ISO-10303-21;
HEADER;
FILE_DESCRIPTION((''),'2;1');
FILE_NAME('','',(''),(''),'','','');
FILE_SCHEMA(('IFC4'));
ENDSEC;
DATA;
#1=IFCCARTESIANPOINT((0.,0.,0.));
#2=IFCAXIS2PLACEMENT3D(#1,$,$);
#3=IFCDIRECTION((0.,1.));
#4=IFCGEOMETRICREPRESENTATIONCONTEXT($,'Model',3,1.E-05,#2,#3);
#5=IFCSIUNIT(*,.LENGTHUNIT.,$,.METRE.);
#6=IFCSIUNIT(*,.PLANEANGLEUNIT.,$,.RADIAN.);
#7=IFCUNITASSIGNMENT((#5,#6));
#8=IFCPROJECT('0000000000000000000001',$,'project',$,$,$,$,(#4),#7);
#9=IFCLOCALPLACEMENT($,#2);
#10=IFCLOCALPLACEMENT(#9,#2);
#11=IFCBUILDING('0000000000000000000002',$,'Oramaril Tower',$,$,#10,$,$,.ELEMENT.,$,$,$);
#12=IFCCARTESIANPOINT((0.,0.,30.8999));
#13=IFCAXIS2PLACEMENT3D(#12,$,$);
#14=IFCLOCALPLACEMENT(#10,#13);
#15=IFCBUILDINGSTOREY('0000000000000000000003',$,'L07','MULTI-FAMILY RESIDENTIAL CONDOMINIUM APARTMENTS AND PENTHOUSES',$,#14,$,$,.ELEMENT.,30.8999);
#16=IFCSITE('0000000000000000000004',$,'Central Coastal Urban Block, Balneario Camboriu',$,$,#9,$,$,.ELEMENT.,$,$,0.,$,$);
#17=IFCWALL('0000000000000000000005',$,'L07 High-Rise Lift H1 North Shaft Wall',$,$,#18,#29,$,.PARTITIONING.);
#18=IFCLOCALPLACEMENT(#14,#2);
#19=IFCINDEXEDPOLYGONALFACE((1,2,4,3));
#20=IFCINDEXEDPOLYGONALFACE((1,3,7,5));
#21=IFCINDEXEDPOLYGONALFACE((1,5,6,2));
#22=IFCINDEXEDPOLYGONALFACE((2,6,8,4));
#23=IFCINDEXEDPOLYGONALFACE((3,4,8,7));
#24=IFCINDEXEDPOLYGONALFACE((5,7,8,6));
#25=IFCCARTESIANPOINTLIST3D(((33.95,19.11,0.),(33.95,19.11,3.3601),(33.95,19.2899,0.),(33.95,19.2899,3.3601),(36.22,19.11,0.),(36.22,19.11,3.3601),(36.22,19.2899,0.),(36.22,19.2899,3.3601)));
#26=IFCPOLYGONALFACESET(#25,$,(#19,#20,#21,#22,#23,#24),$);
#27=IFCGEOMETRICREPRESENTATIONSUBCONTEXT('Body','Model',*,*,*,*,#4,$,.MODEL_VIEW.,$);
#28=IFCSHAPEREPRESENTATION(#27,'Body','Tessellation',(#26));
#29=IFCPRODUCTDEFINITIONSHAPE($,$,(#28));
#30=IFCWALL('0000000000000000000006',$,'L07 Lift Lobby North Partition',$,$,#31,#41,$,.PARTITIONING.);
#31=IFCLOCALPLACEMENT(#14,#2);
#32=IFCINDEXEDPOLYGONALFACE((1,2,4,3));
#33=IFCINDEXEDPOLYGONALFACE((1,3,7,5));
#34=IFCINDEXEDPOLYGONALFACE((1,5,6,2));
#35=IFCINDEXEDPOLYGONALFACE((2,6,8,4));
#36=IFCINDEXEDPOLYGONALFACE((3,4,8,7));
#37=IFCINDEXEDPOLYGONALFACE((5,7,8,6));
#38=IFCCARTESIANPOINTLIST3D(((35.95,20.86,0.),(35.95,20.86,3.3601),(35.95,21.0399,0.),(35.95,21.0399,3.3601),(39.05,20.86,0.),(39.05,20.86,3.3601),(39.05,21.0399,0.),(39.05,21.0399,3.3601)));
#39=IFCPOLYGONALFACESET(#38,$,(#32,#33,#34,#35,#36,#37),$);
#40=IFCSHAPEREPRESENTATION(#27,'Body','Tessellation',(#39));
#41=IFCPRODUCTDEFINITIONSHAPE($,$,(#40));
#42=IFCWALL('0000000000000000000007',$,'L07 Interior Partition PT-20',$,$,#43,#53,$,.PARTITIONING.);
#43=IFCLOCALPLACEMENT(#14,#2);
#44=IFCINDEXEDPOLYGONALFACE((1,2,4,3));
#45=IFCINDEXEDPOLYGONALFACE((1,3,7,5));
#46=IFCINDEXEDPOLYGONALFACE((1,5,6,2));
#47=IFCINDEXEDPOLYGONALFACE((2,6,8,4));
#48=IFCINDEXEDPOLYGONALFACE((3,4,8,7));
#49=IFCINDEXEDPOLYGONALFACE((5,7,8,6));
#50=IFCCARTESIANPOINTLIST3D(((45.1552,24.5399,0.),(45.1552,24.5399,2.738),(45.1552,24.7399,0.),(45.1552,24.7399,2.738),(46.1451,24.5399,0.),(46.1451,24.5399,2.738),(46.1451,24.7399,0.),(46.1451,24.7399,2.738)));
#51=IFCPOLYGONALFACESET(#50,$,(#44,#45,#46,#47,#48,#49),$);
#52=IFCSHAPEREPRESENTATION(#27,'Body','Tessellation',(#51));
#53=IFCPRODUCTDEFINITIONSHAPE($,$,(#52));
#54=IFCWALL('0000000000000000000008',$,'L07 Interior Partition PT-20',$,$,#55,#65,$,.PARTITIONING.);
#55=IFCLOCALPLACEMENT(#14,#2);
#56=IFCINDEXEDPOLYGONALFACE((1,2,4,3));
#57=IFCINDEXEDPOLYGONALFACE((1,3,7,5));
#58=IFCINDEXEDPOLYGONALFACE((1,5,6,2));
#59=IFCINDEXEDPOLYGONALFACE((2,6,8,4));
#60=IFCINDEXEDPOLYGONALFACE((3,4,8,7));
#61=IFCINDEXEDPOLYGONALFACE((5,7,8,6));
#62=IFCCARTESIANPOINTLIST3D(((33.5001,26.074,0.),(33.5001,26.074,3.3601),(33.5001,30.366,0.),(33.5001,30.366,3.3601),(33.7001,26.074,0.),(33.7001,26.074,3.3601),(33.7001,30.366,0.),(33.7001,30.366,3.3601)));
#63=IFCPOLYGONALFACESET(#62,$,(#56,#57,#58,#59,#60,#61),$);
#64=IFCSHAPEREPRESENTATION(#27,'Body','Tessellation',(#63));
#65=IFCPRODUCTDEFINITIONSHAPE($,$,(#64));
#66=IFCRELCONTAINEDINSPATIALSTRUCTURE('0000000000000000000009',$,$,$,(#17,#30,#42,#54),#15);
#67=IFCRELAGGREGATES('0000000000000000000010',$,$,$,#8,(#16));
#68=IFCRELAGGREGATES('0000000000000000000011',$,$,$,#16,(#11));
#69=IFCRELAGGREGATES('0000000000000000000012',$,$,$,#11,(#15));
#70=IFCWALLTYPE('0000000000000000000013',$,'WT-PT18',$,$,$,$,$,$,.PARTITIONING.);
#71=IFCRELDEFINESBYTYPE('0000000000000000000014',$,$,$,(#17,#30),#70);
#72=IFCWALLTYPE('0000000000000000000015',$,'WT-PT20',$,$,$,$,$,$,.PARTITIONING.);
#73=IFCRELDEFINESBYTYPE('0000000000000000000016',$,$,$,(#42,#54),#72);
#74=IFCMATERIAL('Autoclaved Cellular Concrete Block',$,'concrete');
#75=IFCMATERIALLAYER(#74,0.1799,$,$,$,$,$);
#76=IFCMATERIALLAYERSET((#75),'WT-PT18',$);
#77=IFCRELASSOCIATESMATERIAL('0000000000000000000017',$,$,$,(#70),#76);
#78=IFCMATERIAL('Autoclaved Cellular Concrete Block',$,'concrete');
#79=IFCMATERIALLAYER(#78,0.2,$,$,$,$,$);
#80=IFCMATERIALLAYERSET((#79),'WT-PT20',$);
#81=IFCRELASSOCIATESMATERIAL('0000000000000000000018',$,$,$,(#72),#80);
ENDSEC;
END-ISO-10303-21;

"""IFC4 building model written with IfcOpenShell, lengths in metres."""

from ifc_helpers import new_model, si_unit, direction, frame, frame_2d, origin, place, context, subcontext, project, spatial, rectangle, extrude, material, layer, layer_set, type_object, element, save


model = new_model("IFC4")

# Units and contexts
model_context = context("Model", 3, precision=1e-05, world=origin(), true_north=direction((0.0, 1.0)))
body_context = subcontext(model_context, "Body", "Model", "MODEL_VIEW")
ifc_project = project(units=[si_unit("LENGTHUNIT", "METRE"), si_unit("PLANEANGLEUNIT", "RADIAN")], contexts=[model_context])

# Site, building, storey
site_placement = place(None, origin())
site = spatial("IfcSite", under=ifc_project, at=site_placement, Name="Central Coastal Urban Block, Balneario Camboriu", CompositionType="ELEMENT", RefElevation=0.0)
building_placement = place(site_placement, origin())
building = spatial("IfcBuilding", under=site, at=building_placement, Name="Oramaril Tower", CompositionType="ELEMENT")
storey_placement = place(building_placement, frame((0.0, 0.0, 30.8999)))
storey = spatial("IfcBuildingStorey", under=building, at=storey_placement, Name="L07", Description="MULTI-FAMILY RESIDENTIAL CONDOMINIUM APARTMENTS AND PENTHOUSES", CompositionType="ELEMENT", Elevation=30.8999)

# Walls
ifc_material_1 = material(Name="Autoclaved Cellular Concrete Block", Category="concrete")
ifc_layer_1 = layer(ifc_material_1, 0.1799)
ifc_layer_set_1 = layer_set([ifc_layer_1], Name="WT-PT18")
wall_type_1 = type_object("IfcWallType", Name="WT-PT18", PredefinedType="PARTITIONING", material=ifc_layer_set_1)
wall_1_placement = place(storey_placement, frame((33.95, 19.2, 0.0), z_axis=(0.0, 0.0, 1.0), x_axis=(1.0, 0.0, 0.0)))
element("IfcWall", 1, at=wall_1_placement, inside=storey, type_object=wall_type_1, Name="L07 High-Rise Lift H1 North Shaft Wall", PredefinedType="PARTITIONING", context=body_context, shape_type="SweptSolid", body=[
    extrude(rectangle(XDim=2.27, YDim=0.1799, at=frame_2d((1.135, 0.0))), origin(), (0.0, 0.0, 1.0), 3.3601),
])
wall_2_placement = place(storey_placement, frame((35.95, 20.95, 0.0), z_axis=(0.0, 0.0, 1.0), x_axis=(1.0, 0.0, 0.0)))
element("IfcWall", 2, at=wall_2_placement, inside=storey, type_object=wall_type_1, Name="L07 Lift Lobby North Partition", PredefinedType="PARTITIONING", context=body_context, shape_type="SweptSolid", body=[
    extrude(rectangle(XDim=3.1001, YDim=0.1799, at=frame_2d((1.55, 0.0))), origin(), (0.0, 0.0, 1.0), 3.3601),
])
ifc_material_2 = material(Name="Autoclaved Cellular Concrete Block", Category="concrete")
ifc_layer_2 = layer(ifc_material_2, 0.2)
ifc_layer_set_2 = layer_set([ifc_layer_2], Name="WT-PT20")
wall_type_2 = type_object("IfcWallType", Name="WT-PT20", PredefinedType="PARTITIONING", material=ifc_layer_set_2)
wall_3_placement = place(storey_placement, frame((45.155, 24.6399, 0.0), z_axis=(0.0, 0.0, 1.0), x_axis=(1.0, 0.0, 0.0)))
element("IfcWall", 3, at=wall_3_placement, inside=storey, type_object=wall_type_2, Name="L07 Interior Partition PT-20", PredefinedType="PARTITIONING", context=body_context, shape_type="SweptSolid", body=[
    extrude(rectangle(XDim=0.99, YDim=0.2, at=frame_2d((0.4951, 0.0))), origin(), (0.0, 0.0, 1.0), 2.738),
])
wall_4_placement = place(storey_placement, frame((33.6001, 26.074, 0.0), z_axis=(0.0, 0.0, 1.0), x_axis=(0.0, 1.0, 0.0)))
element("IfcWall", 4, at=wall_4_placement, inside=storey, type_object=wall_type_2, Name="L07 Interior Partition PT-20", PredefinedType="PARTITIONING", context=body_context, shape_type="SweptSolid", body=[
    extrude(rectangle(XDim=4.292, YDim=0.2, at=frame_2d((2.146, 0.0))), origin(), (0.0, 0.0, 1.0), 3.3601),
])

save(model, "model.ifc")
